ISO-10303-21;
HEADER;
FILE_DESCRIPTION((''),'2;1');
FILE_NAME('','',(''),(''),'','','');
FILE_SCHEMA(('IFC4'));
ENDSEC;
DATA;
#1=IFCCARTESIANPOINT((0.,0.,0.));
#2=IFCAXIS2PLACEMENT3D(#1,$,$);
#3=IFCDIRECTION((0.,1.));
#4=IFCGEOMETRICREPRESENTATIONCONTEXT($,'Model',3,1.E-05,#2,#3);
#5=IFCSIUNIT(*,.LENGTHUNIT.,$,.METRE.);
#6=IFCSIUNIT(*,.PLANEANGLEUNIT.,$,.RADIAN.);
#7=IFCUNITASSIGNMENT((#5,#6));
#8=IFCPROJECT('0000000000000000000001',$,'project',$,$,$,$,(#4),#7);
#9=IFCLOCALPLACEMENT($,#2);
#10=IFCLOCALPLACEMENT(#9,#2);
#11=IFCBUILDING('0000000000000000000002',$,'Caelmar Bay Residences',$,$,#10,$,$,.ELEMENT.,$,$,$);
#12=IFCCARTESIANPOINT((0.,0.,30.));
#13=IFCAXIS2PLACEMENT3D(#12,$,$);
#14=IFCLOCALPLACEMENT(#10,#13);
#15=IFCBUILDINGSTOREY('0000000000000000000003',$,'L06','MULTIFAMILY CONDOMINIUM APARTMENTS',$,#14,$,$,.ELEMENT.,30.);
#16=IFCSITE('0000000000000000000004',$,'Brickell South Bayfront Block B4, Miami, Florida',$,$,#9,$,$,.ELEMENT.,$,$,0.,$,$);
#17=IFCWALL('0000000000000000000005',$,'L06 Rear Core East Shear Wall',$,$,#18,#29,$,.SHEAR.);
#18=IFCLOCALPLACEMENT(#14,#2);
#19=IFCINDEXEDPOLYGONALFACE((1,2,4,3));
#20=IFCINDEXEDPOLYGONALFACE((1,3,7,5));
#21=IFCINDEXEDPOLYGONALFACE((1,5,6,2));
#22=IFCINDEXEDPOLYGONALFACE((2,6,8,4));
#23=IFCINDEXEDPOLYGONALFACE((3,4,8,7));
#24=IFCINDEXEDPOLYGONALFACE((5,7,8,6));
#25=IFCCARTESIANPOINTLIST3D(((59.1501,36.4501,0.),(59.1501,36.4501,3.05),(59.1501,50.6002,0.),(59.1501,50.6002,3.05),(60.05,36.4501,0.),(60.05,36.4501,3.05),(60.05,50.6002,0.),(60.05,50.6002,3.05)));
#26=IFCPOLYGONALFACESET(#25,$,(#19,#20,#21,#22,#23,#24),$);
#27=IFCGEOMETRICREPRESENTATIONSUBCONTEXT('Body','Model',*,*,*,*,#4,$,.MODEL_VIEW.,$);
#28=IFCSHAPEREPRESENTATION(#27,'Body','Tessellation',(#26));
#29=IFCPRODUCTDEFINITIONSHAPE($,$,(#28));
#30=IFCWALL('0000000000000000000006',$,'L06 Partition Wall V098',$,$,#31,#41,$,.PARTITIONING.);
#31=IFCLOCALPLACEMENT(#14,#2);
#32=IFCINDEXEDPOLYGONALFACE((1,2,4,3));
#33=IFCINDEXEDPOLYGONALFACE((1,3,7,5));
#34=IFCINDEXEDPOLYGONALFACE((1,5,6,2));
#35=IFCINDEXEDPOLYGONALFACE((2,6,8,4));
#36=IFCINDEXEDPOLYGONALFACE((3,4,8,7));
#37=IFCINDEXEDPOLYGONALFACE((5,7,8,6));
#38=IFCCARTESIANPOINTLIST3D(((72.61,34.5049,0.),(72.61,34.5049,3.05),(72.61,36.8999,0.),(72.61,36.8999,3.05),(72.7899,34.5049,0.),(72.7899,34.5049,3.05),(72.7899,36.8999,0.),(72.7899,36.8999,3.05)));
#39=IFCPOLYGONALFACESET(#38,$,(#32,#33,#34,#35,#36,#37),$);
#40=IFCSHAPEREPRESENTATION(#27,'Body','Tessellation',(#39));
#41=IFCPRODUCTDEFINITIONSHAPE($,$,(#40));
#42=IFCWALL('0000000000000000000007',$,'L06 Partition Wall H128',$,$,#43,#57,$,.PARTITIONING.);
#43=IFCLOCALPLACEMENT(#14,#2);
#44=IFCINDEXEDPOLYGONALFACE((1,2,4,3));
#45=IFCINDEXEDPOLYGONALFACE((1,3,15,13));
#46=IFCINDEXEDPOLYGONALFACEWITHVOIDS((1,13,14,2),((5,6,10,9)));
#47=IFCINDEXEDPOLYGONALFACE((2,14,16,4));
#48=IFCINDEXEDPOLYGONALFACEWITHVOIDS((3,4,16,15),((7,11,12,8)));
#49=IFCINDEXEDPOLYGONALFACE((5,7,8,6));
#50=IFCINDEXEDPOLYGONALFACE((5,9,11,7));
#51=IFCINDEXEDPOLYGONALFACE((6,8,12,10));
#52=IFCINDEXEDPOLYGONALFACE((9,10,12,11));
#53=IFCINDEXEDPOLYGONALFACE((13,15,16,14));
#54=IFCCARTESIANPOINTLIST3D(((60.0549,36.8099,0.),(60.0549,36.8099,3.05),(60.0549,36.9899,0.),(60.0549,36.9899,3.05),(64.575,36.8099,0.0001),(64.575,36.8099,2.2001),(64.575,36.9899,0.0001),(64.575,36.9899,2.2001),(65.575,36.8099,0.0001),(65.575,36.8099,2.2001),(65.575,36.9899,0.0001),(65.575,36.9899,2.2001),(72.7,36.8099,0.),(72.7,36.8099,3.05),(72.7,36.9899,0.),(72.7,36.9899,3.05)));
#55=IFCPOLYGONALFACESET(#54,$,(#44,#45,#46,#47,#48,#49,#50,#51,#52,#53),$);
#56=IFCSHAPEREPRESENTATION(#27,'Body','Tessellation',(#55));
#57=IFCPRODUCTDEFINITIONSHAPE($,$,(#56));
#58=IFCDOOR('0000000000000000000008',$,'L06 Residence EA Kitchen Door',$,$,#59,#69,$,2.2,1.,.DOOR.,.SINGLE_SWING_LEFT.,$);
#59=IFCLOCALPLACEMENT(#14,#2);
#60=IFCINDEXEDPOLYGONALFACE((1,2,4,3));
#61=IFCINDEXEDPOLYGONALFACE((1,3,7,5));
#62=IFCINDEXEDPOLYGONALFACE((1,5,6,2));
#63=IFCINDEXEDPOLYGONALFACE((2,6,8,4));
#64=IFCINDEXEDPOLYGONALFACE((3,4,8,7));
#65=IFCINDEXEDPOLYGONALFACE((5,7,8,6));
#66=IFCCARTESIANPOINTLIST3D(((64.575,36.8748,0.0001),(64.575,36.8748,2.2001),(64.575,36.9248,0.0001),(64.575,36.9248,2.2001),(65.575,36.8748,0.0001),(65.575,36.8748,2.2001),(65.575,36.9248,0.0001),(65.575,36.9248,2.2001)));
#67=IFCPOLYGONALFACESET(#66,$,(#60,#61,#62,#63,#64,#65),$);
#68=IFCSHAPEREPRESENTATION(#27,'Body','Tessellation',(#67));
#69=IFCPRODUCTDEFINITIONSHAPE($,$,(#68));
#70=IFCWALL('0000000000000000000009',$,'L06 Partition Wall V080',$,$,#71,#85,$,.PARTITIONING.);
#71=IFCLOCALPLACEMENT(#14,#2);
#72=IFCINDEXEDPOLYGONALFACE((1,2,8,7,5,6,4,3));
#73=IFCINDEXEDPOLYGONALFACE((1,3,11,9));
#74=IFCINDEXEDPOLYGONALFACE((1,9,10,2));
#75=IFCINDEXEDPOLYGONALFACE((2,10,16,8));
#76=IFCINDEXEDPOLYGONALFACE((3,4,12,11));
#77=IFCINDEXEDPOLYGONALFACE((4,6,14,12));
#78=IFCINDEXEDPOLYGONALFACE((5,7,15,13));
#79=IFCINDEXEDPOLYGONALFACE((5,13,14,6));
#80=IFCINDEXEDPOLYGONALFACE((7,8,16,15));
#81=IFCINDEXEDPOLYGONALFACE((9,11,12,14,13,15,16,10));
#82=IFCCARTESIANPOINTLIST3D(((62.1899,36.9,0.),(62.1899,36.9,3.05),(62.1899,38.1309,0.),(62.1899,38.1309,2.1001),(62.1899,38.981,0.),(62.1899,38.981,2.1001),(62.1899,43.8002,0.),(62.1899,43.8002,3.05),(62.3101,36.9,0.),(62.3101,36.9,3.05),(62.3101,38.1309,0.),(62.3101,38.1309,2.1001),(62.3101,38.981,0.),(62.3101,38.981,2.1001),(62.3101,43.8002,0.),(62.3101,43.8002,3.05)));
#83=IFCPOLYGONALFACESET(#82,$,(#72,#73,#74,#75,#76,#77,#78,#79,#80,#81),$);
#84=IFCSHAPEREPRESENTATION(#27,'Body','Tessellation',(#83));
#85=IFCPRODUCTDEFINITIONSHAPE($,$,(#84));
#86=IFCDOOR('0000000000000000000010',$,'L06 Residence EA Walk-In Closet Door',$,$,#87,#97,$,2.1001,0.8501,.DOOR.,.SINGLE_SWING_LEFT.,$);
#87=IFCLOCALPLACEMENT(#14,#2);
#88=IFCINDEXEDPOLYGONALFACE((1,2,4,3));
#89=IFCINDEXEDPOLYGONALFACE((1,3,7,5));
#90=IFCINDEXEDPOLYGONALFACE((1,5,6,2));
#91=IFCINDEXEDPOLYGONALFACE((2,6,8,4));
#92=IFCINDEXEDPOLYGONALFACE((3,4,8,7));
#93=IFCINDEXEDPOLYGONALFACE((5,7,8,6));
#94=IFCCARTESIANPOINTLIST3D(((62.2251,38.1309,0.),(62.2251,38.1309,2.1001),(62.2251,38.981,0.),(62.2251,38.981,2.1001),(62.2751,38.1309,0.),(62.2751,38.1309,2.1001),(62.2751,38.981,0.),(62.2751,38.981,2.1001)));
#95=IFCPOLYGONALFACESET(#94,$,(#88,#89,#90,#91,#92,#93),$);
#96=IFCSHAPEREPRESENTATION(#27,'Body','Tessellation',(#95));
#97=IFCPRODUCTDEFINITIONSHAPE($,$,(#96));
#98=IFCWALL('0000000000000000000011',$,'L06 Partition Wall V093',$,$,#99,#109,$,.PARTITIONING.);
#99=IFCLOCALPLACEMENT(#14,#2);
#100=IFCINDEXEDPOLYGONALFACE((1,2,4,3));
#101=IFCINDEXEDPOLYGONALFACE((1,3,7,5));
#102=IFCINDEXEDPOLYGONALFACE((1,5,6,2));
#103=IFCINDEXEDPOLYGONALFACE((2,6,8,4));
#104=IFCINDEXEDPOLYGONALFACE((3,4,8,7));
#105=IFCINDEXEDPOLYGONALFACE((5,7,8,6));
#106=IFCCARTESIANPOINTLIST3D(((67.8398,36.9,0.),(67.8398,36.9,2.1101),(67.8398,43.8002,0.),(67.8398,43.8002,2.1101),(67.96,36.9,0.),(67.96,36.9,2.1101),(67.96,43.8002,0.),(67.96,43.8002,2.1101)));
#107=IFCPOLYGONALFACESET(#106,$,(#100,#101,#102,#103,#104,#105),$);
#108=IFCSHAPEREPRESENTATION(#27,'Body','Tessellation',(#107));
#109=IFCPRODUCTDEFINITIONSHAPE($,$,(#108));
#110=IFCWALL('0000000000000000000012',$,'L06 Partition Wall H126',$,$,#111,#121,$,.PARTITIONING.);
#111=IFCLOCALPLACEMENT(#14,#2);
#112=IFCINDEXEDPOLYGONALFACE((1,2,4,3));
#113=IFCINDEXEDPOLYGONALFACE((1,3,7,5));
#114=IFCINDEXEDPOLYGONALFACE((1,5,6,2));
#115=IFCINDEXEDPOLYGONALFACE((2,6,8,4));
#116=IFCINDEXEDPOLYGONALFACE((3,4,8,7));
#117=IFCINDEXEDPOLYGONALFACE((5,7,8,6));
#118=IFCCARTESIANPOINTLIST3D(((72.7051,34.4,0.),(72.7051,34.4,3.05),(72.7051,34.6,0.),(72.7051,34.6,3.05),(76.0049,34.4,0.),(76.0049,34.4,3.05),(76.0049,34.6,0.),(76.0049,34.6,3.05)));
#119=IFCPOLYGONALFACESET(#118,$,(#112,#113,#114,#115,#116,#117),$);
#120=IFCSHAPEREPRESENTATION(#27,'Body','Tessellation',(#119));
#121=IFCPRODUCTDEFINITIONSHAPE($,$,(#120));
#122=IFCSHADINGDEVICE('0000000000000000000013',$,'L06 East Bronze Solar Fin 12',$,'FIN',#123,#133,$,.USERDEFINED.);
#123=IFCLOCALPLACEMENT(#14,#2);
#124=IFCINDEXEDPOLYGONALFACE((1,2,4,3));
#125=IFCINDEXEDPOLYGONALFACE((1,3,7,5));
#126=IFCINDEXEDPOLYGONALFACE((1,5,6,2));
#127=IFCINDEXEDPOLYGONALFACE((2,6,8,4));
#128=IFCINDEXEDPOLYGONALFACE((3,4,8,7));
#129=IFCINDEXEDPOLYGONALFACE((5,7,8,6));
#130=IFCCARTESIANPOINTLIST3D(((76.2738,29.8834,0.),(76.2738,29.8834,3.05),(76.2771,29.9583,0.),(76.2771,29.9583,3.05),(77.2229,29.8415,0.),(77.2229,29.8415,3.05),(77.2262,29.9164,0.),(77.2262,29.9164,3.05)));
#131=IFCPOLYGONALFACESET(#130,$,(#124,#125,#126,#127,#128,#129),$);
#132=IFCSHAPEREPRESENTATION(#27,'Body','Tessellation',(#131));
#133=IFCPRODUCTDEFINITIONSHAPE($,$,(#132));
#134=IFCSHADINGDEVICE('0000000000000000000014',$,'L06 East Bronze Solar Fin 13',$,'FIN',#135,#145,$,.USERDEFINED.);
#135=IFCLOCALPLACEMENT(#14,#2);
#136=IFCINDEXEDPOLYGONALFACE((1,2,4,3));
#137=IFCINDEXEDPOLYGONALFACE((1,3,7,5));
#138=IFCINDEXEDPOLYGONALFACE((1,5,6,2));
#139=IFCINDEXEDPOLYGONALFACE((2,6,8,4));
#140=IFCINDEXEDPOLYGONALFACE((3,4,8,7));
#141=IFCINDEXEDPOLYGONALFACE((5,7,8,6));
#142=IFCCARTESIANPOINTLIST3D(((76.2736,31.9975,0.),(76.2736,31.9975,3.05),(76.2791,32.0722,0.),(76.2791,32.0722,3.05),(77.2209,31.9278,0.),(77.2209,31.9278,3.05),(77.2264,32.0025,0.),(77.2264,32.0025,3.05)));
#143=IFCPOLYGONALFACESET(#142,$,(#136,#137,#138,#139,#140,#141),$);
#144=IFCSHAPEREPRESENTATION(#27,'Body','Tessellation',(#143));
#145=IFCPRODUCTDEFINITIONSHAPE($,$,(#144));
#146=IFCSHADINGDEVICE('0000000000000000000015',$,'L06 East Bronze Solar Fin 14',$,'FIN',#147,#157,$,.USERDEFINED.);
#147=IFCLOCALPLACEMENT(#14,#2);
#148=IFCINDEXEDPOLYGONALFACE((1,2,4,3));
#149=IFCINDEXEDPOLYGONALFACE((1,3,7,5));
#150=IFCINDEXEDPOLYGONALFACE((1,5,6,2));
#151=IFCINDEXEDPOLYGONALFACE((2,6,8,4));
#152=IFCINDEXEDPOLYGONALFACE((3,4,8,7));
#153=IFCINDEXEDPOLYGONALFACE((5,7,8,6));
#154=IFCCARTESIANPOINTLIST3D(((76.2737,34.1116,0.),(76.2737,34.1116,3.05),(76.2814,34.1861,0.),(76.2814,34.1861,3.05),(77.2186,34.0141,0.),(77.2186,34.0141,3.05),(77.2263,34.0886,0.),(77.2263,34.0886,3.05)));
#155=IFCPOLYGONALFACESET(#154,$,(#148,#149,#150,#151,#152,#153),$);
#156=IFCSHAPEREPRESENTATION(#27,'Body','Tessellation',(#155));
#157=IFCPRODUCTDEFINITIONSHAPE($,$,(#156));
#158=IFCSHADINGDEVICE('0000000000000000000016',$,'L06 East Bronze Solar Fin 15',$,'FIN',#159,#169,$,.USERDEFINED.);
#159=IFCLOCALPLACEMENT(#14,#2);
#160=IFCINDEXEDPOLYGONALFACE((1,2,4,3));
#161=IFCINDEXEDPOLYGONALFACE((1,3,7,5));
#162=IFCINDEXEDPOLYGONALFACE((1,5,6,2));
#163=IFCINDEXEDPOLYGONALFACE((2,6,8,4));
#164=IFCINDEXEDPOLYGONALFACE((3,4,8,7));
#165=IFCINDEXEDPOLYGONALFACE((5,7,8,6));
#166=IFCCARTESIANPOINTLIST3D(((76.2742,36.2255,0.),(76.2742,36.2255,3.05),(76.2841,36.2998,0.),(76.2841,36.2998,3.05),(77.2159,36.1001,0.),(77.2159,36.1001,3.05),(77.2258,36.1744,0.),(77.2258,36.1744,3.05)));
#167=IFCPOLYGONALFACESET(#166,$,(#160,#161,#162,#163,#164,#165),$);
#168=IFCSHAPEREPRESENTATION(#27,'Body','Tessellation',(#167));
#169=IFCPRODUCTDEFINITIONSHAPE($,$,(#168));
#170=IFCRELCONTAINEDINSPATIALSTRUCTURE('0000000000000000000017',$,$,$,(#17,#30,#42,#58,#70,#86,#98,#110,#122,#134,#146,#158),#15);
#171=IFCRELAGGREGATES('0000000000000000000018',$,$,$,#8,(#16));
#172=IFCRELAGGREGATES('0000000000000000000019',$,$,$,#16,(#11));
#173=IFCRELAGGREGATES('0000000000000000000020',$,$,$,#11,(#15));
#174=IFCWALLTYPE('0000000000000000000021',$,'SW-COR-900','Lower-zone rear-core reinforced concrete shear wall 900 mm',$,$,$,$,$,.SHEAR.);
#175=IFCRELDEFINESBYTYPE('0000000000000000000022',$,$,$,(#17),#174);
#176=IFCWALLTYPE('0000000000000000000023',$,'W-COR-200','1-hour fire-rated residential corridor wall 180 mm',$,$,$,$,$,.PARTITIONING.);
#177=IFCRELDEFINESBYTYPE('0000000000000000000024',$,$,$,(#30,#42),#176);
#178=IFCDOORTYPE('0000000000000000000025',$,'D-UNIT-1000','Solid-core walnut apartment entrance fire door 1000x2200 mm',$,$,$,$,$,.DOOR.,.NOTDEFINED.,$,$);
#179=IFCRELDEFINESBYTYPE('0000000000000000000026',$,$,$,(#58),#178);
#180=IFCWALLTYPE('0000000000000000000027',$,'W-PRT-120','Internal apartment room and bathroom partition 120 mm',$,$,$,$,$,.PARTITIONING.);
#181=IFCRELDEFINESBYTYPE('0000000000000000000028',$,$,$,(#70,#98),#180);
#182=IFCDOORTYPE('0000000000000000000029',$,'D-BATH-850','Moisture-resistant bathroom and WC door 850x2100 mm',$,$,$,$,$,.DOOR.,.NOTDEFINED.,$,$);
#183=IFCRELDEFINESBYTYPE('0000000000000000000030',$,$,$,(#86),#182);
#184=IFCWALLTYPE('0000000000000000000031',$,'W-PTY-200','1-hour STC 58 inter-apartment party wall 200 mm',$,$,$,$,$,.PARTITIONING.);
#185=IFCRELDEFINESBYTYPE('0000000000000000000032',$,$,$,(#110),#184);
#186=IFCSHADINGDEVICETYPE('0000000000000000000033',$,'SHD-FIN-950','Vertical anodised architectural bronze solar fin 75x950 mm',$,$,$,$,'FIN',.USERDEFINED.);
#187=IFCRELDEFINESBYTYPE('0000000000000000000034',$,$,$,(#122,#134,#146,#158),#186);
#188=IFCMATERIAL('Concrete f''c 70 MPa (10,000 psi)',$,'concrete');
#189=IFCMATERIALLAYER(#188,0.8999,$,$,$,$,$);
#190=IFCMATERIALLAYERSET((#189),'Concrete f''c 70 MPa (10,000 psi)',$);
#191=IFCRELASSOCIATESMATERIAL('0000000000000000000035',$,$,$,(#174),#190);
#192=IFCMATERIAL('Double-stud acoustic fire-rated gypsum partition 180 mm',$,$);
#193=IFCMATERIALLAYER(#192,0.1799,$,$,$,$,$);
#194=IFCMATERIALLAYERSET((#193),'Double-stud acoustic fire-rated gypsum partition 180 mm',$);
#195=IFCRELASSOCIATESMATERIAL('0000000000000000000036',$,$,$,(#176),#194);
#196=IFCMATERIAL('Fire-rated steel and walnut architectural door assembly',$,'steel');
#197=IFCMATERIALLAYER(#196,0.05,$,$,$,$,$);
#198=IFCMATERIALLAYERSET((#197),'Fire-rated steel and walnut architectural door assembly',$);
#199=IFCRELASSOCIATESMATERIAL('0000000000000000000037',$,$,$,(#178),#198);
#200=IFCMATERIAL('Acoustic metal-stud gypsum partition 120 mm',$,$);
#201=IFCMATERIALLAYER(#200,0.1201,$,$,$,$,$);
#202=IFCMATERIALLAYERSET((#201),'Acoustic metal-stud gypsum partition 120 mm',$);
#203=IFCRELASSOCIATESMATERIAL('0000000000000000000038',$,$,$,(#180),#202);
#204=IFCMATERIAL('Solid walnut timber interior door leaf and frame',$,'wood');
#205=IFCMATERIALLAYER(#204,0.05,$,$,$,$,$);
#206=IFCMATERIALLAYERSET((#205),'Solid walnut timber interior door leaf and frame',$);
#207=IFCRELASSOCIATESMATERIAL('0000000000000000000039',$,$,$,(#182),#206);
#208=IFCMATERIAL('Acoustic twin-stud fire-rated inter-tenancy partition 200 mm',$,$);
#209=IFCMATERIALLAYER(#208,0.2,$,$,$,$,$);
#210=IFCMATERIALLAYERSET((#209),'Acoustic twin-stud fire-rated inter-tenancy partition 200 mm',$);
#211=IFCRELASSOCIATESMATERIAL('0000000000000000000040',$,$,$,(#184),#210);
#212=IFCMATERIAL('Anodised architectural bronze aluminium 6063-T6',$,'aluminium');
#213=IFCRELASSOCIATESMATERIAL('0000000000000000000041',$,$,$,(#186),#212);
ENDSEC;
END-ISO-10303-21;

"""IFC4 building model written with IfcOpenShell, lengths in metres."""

from ifc_helpers import new_model, si_unit, direction, frame, frame_2d, origin, origin_2d, place, context, subcontext, project, spatial, rectangle, extrude, material, layer, layer_set, material_profile, profile_set, type_object, element, fill, save


model = new_model("IFC4")

# Units and contexts
model_context = context("Model", 3, precision=1e-05, world=origin(), true_north=direction((0.0, 1.0)))
body_context = subcontext(model_context, "Body", "Model", "MODEL_VIEW")
ifc_project = project(units=[si_unit("LENGTHUNIT", "METRE"), si_unit("PLANEANGLEUNIT", "RADIAN")], contexts=[model_context])

# Site, building, storey
site_placement = place(None, origin())
site = spatial("IfcSite", under=ifc_project, at=site_placement, Name="Brickell South Bayfront Block B4, Miami, Florida", CompositionType="ELEMENT", RefElevation=0.0)
building_placement = place(site_placement, origin())
building = spatial("IfcBuilding", under=site, at=building_placement, Name="Caelmar Bay Residences", CompositionType="ELEMENT")
storey_placement = place(building_placement, frame((0.0, 0.0, 30.0)))
storey = spatial("IfcBuildingStorey", under=building, at=storey_placement, Name="L06", Description="MULTIFAMILY CONDOMINIUM APARTMENTS", CompositionType="ELEMENT", Elevation=30.0)

# Walls
ifc_material_1 = material(Name="Concrete f'c 70 MPa (10,000 psi)", Category="concrete")
ifc_layer_1 = layer(ifc_material_1, 0.8999)
ifc_layer_set_1 = layer_set([ifc_layer_1], Name="Concrete f'c 70 MPa (10,000 psi)")
wall_type_1 = type_object("IfcWallType", Name="SW-COR-900", Description="Lower-zone rear-core reinforced concrete shear wall 900 mm", PredefinedType="SHEAR", material=ifc_layer_set_1)
wall_1_placement = place(storey_placement, frame((59.6001, 36.45, 0.0), z_axis=(0.0, 0.0, 1.0), x_axis=(0.0, 1.0, 0.0)))
element("IfcWall", 1, at=wall_1_placement, inside=storey, type_object=wall_type_1, Name="L06 Rear Core East Shear Wall", PredefinedType="SHEAR", context=body_context, shape_type="SweptSolid", body=[
    extrude(rectangle(XDim=14.1501, YDim=0.8999, at=frame_2d((7.0752, 0.0))), origin(), (0.0, 0.0, 1.0), 3.05),
])
ifc_material_2 = material(Name="Double-stud acoustic fire-rated gypsum partition 180 mm")
ifc_layer_2 = layer(ifc_material_2, 0.1799)
ifc_layer_set_2 = layer_set([ifc_layer_2], Name="Double-stud acoustic fire-rated gypsum partition 180 mm")
wall_type_2 = type_object("IfcWallType", Name="W-COR-200", Description="1-hour fire-rated residential corridor wall 180 mm", PredefinedType="PARTITIONING", material=ifc_layer_set_2)
wall_2_placement = place(storey_placement, frame((72.7, 34.5049, 0.0), z_axis=(0.0, 0.0, 1.0), x_axis=(0.0, 1.0, 0.0)))
element("IfcWall", 2, at=wall_2_placement, inside=storey, type_object=wall_type_2, Name="L06 Partition Wall V098", PredefinedType="PARTITIONING", context=body_context, shape_type="SweptSolid", body=[
    extrude(rectangle(XDim=2.395, YDim=0.1799, at=frame_2d((1.1975, 0.0))), origin(), (0.0, 0.0, 1.0), 3.05),
])

# Walls, openings, doors
wall_3_placement = place(storey_placement, frame((60.0549, 36.8999, 0.0), z_axis=(0.0, 0.0, 1.0), x_axis=(1.0, 0.0, 0.0)))
wall_3 = element("IfcWall", 3, at=wall_3_placement, inside=storey, type_object=wall_type_2, Name="L06 Partition Wall H128", PredefinedType="PARTITIONING", context=body_context, shape_type="SweptSolid", body=[
    extrude(rectangle(XDim=12.645, YDim=0.1799, at=frame_2d((6.3225, 0.0))), origin(), (0.0, 0.0, 1.0), 3.05),
])
opening_1_placement = place(wall_3_placement, frame((4.52, 0.0, 0.0)))
opening_1 = element("IfcOpeningElement", 4, at=opening_1_placement, cuts=wall_3, PredefinedType="OPENING", context=body_context, shape_type="SweptSolid", body=[
    extrude(rectangle(XDim=1.0, YDim=2.2, at=frame_2d((0.5, 1.1001))), frame((0.0, 0.0999, 0.0), z_axis=(0.0, -1.0, 0.0), x_axis=(1.0, 0.0, 0.0)), (0.0, 0.0, 1.0), 0.2),
])
ifc_material_3 = material(Name="Fire-rated steel and walnut architectural door assembly", Category="steel")
ifc_layer_3 = layer(ifc_material_3, 0.05)
ifc_layer_set_3 = layer_set([ifc_layer_3], Name="Fire-rated steel and walnut architectural door assembly")
door_type_1 = type_object("IfcDoorType", Name="D-UNIT-1000", Description="Solid-core walnut apartment entrance fire door 1000x2200 mm", OperationType="NOTDEFINED", PredefinedType="DOOR", material=ifc_layer_set_3)
door_1_placement = place(opening_1_placement, origin())
door_1 = element("IfcDoor", 5, at=door_1_placement, inside=storey, type_object=door_type_1, Name="L06 Residence EA Kitchen Door", OperationType="SINGLE_SWING_LEFT", OverallHeight=2.2, OverallWidth=1.0, PredefinedType="DOOR", context=body_context, shape_type="SweptSolid", body=[
    extrude(rectangle(XDim=1.0, YDim=2.2, at=frame_2d((0.5, 1.1001))), frame((0.0, 0.0249, 0.0), z_axis=(0.0, -1.0, 0.0), x_axis=(1.0, 0.0, 0.0)), (0.0, 0.0, 1.0), 0.05),
])
fill(opening_1, door_1)
ifc_material_4 = material(Name="Acoustic metal-stud gypsum partition 120 mm")
ifc_layer_4 = layer(ifc_material_4, 0.1201)
ifc_layer_set_4 = layer_set([ifc_layer_4], Name="Acoustic metal-stud gypsum partition 120 mm")
wall_type_3 = type_object("IfcWallType", Name="W-PRT-120", Description="Internal apartment room and bathroom partition 120 mm", PredefinedType="PARTITIONING", material=ifc_layer_set_4)
wall_4_placement = place(storey_placement, frame((62.25, 36.8999, 0.0), z_axis=(0.0, 0.0, 1.0), x_axis=(0.0, 1.0, 0.0)))
wall_4 = element("IfcWall", 6, at=wall_4_placement, inside=storey, type_object=wall_type_3, Name="L06 Partition Wall V080", PredefinedType="PARTITIONING", context=body_context, shape_type="SweptSolid", body=[
    extrude(rectangle(XDim=6.9001, YDim=0.1201, at=frame_2d((3.4502, 0.0))), origin(), (0.0, 0.0, 1.0), 3.05),
])
opening_2_placement = place(wall_4_placement, frame((1.231, 0.0, 0.0)))
opening_2 = element("IfcOpeningElement", 7, at=opening_2_placement, cuts=wall_4, PredefinedType="OPENING", context=body_context, shape_type="SweptSolid", body=[
    extrude(rectangle(XDim=0.8501, YDim=2.1001, at=frame_2d((0.425, 1.05))), frame((0.0, 0.0701, 0.0), z_axis=(0.0, -1.0, 0.0), x_axis=(1.0, 0.0, 0.0)), (0.0, 0.0, 1.0), 0.1401),
])
ifc_material_5 = material(Name="Solid walnut timber interior door leaf and frame", Category="wood")
ifc_layer_5 = layer(ifc_material_5, 0.05)
ifc_layer_set_5 = layer_set([ifc_layer_5], Name="Solid walnut timber interior door leaf and frame")
door_type_2 = type_object("IfcDoorType", Name="D-BATH-850", Description="Moisture-resistant bathroom and WC door 850x2100 mm", OperationType="NOTDEFINED", PredefinedType="DOOR", material=ifc_layer_set_5)
door_2_placement = place(opening_2_placement, origin())
door_2 = element("IfcDoor", 8, at=door_2_placement, inside=storey, type_object=door_type_2, Name="L06 Residence EA Walk-In Closet Door", OperationType="SINGLE_SWING_LEFT", OverallHeight=2.1001, OverallWidth=0.8501, PredefinedType="DOOR", context=body_context, shape_type="SweptSolid", body=[
    extrude(rectangle(XDim=0.8501, YDim=2.1001, at=frame_2d((0.425, 1.05))), frame((0.0, 0.0249, 0.0), z_axis=(0.0, -1.0, 0.0), x_axis=(1.0, 0.0, 0.0)), (0.0, 0.0, 1.0), 0.05),
])
fill(opening_2, door_2)

# Walls
wall_5_placement = place(storey_placement, frame((67.8999, 36.8999, 0.0), z_axis=(0.0, 0.0, 1.0), x_axis=(0.0, 1.0, 0.0)))
element("IfcWall", 9, at=wall_5_placement, inside=storey, type_object=wall_type_3, Name="L06 Partition Wall V093", PredefinedType="PARTITIONING", context=body_context, shape_type="SweptSolid", body=[
    extrude(rectangle(XDim=6.9001, YDim=0.1201, at=frame_2d((3.4502, 0.0))), origin(), (0.0, 0.0, 1.0), 2.1101),
])
ifc_material_6 = material(Name="Acoustic twin-stud fire-rated inter-tenancy partition 200 mm")
ifc_layer_6 = layer(ifc_material_6, 0.2)
ifc_layer_set_6 = layer_set([ifc_layer_6], Name="Acoustic twin-stud fire-rated inter-tenancy partition 200 mm")
wall_type_4 = type_object("IfcWallType", Name="W-PTY-200", Description="1-hour STC 58 inter-apartment party wall 200 mm", PredefinedType="PARTITIONING", material=ifc_layer_set_6)
wall_6_placement = place(storey_placement, frame((72.7051, 34.5, 0.0), z_axis=(0.0, 0.0, 1.0), x_axis=(1.0, 0.0, 0.0)))
element("IfcWall", 10, at=wall_6_placement, inside=storey, type_object=wall_type_4, Name="L06 Partition Wall H126", PredefinedType="PARTITIONING", context=body_context, shape_type="SweptSolid", body=[
    extrude(rectangle(XDim=3.2998, YDim=0.2, at=frame_2d((1.6499, 0.0))), origin(), (0.0, 0.0, 1.0), 3.05),
])

# Shading devices
ifc_material_7 = material(Name="Anodised architectural bronze aluminium 6063-T6", Category="aluminium")
ifc_material_profile_1 = material_profile(ifc_material_7, rectangle(XDim=0.075, YDim=0.95, at=origin_2d()), Name="BRONZE-FIN-75X950")
ifc_profile_set_1 = profile_set([ifc_material_profile_1], Name="Anodised architectural bronze aluminium 6063-T6")
shading_device_type = type_object("IfcShadingDeviceType", Name="SHD-FIN-950", Description="Vertical anodised architectural bronze solar fin 75x950 mm", ElementType="FIN", PredefinedType="USERDEFINED", material=ifc_profile_set_1)
for number, where, z_axis, x_axis, name in (
    (11, (76.75, 29.8999, 0.0), (0.0, 0.0, 1.0), (0.044142, 0.999025, 0.0), "L06 East Bronze Solar Fin 12"),
    (12, (76.75, 32.0, 0.0), (0.0, 0.0, 1.0), (0.073412, 0.997302, 0.0), "L06 East Bronze Solar Fin 13"),
    (13, (76.75, 34.1001, 0.0), (0.0, 0.0, 1.0), (0.102619, 0.994721, 0.0), "L06 East Bronze Solar Fin 14"),
    (14, (76.75, 36.2, 0.0), (0.0, 0.0, 1.0), (0.13191, 0.991262, 0.0), "L06 East Bronze Solar Fin 15"),
):
    element("IfcShadingDevice", number, at=place(storey_placement, frame(where, z_axis=z_axis, x_axis=x_axis)), inside=storey, type_object=shading_device_type, Name=name, ObjectType="FIN", PredefinedType="USERDEFINED", context=body_context, shape_type="SweptSolid", body=[
        extrude(rectangle(XDim=0.075, YDim=0.95, at=origin_2d()), origin(), (0.0, 0.0, 1.0), 3.05),
    ])

save(model, "model.ifc")
